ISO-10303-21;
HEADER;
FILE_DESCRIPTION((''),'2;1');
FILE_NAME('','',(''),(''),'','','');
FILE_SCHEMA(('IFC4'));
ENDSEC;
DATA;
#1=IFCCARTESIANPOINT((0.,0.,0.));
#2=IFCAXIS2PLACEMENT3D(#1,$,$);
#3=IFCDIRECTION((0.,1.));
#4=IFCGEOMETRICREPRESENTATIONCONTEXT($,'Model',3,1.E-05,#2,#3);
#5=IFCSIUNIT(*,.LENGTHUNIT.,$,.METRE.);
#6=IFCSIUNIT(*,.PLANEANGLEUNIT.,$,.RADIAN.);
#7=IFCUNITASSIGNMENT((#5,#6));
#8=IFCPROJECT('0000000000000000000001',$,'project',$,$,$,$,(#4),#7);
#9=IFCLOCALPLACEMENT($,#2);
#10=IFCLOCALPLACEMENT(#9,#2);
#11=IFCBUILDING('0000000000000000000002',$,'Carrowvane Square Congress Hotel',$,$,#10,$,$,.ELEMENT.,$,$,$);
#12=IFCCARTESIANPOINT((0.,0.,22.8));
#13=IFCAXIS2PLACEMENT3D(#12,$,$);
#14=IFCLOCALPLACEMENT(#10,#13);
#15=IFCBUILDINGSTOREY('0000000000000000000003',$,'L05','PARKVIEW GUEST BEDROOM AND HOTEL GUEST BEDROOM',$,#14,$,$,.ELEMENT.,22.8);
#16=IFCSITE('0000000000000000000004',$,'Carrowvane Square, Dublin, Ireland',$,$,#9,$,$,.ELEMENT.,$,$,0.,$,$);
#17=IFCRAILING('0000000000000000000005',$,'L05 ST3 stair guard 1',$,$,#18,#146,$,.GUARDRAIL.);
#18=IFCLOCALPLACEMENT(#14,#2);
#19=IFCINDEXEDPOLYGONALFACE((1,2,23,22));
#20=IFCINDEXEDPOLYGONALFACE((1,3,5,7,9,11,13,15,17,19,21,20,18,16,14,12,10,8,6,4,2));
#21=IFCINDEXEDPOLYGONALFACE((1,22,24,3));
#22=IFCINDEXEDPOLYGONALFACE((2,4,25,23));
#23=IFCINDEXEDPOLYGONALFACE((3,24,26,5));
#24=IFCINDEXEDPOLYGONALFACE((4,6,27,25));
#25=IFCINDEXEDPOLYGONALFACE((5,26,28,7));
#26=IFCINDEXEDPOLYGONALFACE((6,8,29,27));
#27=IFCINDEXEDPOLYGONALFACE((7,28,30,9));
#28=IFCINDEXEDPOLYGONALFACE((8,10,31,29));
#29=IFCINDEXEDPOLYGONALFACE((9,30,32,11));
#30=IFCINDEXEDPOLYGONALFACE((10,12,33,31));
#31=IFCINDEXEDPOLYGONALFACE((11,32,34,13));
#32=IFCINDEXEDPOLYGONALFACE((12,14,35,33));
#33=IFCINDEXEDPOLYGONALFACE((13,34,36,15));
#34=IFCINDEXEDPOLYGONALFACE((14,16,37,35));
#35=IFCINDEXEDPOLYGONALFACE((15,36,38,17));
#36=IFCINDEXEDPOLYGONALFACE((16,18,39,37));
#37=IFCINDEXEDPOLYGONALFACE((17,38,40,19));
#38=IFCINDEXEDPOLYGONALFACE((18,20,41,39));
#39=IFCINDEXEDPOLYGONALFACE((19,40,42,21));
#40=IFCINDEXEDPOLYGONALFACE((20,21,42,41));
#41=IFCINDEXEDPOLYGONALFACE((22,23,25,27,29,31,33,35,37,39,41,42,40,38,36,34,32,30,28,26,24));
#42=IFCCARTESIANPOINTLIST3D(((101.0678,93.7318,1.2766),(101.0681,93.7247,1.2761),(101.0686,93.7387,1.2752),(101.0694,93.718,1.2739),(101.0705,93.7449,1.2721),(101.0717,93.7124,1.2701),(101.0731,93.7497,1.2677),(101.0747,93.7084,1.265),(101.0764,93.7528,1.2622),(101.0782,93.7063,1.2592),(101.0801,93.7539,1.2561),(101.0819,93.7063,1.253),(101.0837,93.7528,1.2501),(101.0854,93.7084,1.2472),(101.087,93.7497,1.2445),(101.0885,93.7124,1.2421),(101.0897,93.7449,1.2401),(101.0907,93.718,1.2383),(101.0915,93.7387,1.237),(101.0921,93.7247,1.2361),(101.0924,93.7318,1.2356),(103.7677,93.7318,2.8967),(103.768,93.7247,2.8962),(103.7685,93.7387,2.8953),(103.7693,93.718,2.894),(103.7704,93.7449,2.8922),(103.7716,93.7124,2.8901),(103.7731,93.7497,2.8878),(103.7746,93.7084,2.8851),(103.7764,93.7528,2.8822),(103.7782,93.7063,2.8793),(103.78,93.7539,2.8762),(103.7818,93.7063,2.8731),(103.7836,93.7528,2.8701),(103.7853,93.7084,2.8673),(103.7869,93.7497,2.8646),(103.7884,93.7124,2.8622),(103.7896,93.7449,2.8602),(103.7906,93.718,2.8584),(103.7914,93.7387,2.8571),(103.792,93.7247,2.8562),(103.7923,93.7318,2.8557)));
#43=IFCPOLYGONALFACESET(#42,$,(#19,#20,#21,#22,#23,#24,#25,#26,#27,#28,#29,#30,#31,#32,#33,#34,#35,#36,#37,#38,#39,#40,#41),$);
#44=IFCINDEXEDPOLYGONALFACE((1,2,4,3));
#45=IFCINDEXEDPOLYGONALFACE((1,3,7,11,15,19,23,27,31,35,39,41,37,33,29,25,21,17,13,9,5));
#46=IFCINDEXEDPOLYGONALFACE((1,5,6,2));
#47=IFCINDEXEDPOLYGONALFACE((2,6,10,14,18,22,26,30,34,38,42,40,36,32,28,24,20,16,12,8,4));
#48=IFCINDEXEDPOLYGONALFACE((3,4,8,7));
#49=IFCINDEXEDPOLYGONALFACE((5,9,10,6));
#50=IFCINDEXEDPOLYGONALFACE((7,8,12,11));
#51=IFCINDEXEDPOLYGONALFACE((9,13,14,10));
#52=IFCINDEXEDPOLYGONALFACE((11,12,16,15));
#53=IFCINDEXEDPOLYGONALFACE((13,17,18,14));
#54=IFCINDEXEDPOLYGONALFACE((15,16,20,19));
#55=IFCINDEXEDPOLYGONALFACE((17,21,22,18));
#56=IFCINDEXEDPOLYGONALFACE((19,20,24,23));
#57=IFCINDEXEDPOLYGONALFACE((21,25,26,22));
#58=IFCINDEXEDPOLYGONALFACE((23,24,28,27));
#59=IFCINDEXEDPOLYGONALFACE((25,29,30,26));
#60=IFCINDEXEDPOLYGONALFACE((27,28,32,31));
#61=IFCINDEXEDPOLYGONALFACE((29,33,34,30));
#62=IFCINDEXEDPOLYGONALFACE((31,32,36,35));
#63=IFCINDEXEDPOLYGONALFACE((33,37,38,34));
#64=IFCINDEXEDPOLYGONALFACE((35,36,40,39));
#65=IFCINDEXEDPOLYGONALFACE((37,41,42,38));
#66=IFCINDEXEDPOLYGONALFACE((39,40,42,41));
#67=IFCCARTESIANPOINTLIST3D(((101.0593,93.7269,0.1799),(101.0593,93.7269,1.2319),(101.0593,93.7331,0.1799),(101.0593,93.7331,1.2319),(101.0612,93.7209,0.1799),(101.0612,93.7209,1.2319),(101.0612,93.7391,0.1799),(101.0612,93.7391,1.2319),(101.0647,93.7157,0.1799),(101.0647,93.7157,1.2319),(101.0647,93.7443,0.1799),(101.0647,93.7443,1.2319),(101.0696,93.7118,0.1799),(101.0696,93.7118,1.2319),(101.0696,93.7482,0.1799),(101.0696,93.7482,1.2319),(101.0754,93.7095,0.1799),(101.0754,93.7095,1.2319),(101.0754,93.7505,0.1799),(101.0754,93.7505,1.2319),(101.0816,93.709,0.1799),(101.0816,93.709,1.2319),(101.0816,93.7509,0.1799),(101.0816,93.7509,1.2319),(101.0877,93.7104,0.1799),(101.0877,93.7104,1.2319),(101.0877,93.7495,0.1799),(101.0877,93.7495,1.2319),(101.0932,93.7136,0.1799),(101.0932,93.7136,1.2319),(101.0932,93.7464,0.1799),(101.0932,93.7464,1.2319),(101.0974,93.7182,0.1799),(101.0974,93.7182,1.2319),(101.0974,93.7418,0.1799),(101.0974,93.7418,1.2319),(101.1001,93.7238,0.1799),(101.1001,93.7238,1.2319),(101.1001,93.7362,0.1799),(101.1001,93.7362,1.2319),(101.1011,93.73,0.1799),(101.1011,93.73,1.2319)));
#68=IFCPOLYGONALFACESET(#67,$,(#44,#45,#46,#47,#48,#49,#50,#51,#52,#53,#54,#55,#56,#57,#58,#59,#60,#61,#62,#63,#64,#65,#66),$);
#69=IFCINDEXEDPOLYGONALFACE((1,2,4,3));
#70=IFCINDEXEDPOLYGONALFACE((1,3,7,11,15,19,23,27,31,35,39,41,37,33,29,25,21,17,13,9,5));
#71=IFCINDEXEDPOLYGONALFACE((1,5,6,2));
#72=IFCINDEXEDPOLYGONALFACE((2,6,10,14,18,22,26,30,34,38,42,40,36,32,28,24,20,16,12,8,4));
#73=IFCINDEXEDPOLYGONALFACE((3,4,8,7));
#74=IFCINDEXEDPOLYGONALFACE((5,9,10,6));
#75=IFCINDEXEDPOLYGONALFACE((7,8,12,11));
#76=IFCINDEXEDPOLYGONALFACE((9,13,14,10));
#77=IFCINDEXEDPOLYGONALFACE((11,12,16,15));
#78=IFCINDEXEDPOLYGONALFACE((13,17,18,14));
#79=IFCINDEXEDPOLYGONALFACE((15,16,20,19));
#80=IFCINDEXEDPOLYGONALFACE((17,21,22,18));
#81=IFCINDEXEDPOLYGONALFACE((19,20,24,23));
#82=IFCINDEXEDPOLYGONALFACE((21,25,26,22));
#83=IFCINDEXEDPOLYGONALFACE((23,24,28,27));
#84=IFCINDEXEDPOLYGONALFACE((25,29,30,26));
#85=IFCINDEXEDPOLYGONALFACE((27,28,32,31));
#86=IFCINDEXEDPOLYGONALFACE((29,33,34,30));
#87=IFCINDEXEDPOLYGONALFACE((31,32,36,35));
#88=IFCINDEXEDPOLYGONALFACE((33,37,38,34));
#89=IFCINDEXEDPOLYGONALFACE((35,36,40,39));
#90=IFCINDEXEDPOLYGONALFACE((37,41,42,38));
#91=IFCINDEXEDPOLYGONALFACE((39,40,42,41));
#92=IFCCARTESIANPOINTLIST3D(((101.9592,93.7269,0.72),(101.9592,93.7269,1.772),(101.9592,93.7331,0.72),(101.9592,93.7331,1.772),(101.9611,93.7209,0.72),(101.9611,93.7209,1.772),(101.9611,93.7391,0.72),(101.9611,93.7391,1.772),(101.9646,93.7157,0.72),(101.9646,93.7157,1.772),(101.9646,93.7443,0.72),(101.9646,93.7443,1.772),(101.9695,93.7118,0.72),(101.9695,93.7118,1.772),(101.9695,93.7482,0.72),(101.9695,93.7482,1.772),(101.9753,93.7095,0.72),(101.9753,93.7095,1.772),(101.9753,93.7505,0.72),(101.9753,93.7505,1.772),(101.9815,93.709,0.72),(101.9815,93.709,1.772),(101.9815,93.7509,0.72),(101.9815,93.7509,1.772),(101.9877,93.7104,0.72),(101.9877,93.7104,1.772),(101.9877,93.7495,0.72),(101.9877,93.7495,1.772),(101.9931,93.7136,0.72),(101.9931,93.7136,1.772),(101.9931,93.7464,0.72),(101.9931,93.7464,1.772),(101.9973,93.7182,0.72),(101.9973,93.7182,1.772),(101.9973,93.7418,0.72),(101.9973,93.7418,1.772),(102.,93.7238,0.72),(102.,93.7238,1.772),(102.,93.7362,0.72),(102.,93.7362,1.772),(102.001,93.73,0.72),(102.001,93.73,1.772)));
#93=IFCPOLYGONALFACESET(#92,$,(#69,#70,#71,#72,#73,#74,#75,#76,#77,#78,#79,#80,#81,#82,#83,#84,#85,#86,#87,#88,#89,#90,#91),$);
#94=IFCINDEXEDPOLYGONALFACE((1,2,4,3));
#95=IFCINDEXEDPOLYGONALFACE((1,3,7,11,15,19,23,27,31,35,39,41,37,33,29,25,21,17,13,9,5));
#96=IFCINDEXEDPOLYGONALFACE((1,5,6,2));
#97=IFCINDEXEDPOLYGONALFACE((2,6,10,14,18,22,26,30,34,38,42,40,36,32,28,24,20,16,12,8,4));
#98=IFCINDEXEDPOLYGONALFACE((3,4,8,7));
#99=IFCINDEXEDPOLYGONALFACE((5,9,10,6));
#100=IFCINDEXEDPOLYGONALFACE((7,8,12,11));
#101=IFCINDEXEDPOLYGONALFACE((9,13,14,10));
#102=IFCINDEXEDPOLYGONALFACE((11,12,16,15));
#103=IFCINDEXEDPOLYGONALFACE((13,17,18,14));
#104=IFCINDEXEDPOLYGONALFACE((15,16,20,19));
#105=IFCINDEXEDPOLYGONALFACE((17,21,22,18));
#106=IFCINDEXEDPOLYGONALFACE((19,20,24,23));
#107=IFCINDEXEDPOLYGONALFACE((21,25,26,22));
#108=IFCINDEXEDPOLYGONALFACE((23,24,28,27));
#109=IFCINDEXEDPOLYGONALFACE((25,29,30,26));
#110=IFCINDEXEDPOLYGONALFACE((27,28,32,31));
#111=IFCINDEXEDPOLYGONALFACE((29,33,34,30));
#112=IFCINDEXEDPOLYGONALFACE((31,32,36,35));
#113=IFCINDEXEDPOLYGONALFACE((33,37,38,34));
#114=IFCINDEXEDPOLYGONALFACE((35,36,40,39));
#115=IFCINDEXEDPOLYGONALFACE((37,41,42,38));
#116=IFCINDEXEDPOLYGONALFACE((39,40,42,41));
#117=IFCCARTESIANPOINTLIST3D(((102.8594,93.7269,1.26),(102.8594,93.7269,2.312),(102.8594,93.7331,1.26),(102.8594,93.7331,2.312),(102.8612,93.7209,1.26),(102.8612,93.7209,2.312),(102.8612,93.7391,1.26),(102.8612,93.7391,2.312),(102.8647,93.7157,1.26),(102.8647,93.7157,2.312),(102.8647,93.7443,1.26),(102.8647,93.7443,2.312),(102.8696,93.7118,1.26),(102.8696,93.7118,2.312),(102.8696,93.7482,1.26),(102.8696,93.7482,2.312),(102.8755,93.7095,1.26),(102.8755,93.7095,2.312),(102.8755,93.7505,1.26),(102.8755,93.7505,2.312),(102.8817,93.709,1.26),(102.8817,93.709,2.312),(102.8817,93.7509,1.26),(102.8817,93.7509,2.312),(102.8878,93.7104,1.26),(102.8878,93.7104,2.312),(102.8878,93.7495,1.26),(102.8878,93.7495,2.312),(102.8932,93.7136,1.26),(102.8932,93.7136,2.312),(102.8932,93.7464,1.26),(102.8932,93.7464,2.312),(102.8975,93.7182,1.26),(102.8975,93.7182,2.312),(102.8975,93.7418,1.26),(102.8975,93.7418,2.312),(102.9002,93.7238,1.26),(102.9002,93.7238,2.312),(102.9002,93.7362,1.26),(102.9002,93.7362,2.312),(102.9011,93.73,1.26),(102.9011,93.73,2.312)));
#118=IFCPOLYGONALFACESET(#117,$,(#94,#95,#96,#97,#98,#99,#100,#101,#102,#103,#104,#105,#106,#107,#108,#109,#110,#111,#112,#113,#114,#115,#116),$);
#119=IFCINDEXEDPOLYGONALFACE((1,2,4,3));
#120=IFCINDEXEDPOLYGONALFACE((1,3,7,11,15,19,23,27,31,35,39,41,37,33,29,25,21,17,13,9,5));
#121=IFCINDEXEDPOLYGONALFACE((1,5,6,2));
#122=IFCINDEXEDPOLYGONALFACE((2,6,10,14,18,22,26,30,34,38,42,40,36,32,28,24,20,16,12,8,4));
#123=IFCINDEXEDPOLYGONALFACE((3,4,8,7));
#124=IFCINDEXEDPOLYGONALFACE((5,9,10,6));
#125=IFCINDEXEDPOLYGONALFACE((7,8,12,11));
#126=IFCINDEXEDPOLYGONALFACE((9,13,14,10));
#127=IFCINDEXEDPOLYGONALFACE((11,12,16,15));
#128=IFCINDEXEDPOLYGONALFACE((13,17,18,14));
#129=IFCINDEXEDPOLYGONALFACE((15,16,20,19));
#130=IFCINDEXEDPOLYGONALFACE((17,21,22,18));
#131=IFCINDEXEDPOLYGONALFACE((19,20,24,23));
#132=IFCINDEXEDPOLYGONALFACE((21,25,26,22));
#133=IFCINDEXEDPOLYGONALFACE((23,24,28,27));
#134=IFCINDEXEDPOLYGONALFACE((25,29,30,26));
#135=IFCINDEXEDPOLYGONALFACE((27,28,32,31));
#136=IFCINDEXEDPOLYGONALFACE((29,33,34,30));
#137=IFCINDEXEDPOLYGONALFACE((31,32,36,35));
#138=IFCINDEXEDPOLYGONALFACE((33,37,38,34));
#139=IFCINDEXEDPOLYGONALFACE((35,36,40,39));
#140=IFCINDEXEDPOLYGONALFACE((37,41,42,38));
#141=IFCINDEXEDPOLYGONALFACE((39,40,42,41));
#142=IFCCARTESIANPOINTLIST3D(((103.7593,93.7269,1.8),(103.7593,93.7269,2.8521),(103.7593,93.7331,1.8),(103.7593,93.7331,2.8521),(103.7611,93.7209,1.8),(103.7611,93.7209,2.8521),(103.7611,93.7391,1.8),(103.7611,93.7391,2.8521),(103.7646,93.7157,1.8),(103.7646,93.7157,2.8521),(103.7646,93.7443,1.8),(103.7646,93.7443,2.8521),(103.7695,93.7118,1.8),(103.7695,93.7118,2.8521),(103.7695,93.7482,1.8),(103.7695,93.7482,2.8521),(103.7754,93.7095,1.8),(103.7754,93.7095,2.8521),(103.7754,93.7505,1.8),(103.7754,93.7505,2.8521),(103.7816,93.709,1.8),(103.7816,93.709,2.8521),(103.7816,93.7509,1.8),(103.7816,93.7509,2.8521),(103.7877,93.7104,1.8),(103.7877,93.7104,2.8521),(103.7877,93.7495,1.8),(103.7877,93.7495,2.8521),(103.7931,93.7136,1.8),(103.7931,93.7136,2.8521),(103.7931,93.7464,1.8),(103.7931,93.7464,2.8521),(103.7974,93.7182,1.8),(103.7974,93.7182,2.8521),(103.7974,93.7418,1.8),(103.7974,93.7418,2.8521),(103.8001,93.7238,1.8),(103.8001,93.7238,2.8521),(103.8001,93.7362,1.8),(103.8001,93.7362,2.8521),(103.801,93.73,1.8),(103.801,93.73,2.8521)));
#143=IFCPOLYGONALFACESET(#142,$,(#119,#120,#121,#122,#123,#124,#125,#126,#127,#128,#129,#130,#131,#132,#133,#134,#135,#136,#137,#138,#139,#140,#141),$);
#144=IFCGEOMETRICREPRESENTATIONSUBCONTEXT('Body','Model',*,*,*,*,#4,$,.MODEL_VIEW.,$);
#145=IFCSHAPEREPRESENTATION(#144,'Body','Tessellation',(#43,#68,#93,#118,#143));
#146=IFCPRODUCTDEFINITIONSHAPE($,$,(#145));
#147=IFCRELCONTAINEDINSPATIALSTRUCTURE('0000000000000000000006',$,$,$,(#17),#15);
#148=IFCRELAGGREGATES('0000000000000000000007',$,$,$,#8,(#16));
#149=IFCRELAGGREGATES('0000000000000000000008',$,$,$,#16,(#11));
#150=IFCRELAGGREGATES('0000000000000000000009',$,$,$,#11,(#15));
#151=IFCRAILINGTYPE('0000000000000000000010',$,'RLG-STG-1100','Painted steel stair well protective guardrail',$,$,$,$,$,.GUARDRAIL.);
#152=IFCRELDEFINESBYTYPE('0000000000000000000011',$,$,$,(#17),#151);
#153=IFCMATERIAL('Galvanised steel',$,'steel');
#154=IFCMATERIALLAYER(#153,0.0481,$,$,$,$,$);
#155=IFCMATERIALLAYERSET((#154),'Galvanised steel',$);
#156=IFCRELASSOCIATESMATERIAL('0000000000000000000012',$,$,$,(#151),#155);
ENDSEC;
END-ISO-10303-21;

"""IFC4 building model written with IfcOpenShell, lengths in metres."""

from ifc_helpers import new_model, si_unit, direction, frame, origin, origin_2d, place, context, subcontext, project, spatial, circle, extrude, material, layer, layer_set, type_object, element, save


model = new_model("IFC4")

# Units and contexts
model_context = context("Model", 3, precision=1e-05, world=origin(), true_north=direction((0.0, 1.0)))
body_context = subcontext(model_context, "Body", "Model", "MODEL_VIEW")
ifc_project = project(units=[si_unit("LENGTHUNIT", "METRE"), si_unit("PLANEANGLEUNIT", "RADIAN")], contexts=[model_context])

# Site, building, storey
site_placement = place(None, origin())
site = spatial("IfcSite", under=ifc_project, at=site_placement, Name="Carrowvane Square, Dublin, Ireland", CompositionType="ELEMENT", RefElevation=0.0)
building_placement = place(site_placement, origin())
building = spatial("IfcBuilding", under=site, at=building_placement, Name="Carrowvane Square Congress Hotel", CompositionType="ELEMENT")
storey_placement = place(building_placement, frame((0.0, 0.0, 22.8)))
storey = spatial("IfcBuildingStorey", under=building, at=storey_placement, Name="L05", Description="PARKVIEW GUEST BEDROOM AND HOTEL GUEST BEDROOM", CompositionType="ELEMENT", Elevation=22.8)

# Railing
ifc_material_1 = material(Name="Galvanised steel", Category="steel")
ifc_layer_1 = layer(ifc_material_1, 0.0481)
ifc_layer_set_1 = layer_set([ifc_layer_1], Name="Galvanised steel")
railing_type_1 = type_object("IfcRailingType", Name="RLG-STG-1100", Description="Painted steel stair well protective guardrail", PredefinedType="GUARDRAIL", material=ifc_layer_set_1)
railing_1_placement = place(storey_placement, frame((101.0801, 93.73, 0.1799)))
element("IfcRailing", 1, at=railing_1_placement, inside=storey, type_object=railing_type_1, Name="L05 ST3 stair guard 1", PredefinedType="GUARDRAIL", context=body_context, shape_type="SweptSolid", body=[
    extrude(circle(Radius=0.0239, at=origin_2d()), frame((0.0, 0.0, 1.0762), z_axis=(0.857472, 0.0, 0.51453), x_axis=(0.0, 1.0, 0.0)), (0.0, 0.0, 1.0), 3.1487),
    extrude(circle(Radius=0.021, at=origin_2d()), origin(), (0.0, 0.0, 1.0), 1.052),
    extrude(circle(Radius=0.021, at=origin_2d()), frame((0.8999, 0.0, 0.54)), (0.0, 0.0, 1.0), 1.052),
    extrude(circle(Radius=0.021, at=origin_2d()), frame((1.8, 0.0, 1.0801)), (0.0, 0.0, 1.0), 1.052),
    extrude(circle(Radius=0.021, at=origin_2d()), frame((2.7, 0.0, 1.6201)), (0.0, 0.0, 1.0), 1.052),
])

save(model, "model.ifc")
